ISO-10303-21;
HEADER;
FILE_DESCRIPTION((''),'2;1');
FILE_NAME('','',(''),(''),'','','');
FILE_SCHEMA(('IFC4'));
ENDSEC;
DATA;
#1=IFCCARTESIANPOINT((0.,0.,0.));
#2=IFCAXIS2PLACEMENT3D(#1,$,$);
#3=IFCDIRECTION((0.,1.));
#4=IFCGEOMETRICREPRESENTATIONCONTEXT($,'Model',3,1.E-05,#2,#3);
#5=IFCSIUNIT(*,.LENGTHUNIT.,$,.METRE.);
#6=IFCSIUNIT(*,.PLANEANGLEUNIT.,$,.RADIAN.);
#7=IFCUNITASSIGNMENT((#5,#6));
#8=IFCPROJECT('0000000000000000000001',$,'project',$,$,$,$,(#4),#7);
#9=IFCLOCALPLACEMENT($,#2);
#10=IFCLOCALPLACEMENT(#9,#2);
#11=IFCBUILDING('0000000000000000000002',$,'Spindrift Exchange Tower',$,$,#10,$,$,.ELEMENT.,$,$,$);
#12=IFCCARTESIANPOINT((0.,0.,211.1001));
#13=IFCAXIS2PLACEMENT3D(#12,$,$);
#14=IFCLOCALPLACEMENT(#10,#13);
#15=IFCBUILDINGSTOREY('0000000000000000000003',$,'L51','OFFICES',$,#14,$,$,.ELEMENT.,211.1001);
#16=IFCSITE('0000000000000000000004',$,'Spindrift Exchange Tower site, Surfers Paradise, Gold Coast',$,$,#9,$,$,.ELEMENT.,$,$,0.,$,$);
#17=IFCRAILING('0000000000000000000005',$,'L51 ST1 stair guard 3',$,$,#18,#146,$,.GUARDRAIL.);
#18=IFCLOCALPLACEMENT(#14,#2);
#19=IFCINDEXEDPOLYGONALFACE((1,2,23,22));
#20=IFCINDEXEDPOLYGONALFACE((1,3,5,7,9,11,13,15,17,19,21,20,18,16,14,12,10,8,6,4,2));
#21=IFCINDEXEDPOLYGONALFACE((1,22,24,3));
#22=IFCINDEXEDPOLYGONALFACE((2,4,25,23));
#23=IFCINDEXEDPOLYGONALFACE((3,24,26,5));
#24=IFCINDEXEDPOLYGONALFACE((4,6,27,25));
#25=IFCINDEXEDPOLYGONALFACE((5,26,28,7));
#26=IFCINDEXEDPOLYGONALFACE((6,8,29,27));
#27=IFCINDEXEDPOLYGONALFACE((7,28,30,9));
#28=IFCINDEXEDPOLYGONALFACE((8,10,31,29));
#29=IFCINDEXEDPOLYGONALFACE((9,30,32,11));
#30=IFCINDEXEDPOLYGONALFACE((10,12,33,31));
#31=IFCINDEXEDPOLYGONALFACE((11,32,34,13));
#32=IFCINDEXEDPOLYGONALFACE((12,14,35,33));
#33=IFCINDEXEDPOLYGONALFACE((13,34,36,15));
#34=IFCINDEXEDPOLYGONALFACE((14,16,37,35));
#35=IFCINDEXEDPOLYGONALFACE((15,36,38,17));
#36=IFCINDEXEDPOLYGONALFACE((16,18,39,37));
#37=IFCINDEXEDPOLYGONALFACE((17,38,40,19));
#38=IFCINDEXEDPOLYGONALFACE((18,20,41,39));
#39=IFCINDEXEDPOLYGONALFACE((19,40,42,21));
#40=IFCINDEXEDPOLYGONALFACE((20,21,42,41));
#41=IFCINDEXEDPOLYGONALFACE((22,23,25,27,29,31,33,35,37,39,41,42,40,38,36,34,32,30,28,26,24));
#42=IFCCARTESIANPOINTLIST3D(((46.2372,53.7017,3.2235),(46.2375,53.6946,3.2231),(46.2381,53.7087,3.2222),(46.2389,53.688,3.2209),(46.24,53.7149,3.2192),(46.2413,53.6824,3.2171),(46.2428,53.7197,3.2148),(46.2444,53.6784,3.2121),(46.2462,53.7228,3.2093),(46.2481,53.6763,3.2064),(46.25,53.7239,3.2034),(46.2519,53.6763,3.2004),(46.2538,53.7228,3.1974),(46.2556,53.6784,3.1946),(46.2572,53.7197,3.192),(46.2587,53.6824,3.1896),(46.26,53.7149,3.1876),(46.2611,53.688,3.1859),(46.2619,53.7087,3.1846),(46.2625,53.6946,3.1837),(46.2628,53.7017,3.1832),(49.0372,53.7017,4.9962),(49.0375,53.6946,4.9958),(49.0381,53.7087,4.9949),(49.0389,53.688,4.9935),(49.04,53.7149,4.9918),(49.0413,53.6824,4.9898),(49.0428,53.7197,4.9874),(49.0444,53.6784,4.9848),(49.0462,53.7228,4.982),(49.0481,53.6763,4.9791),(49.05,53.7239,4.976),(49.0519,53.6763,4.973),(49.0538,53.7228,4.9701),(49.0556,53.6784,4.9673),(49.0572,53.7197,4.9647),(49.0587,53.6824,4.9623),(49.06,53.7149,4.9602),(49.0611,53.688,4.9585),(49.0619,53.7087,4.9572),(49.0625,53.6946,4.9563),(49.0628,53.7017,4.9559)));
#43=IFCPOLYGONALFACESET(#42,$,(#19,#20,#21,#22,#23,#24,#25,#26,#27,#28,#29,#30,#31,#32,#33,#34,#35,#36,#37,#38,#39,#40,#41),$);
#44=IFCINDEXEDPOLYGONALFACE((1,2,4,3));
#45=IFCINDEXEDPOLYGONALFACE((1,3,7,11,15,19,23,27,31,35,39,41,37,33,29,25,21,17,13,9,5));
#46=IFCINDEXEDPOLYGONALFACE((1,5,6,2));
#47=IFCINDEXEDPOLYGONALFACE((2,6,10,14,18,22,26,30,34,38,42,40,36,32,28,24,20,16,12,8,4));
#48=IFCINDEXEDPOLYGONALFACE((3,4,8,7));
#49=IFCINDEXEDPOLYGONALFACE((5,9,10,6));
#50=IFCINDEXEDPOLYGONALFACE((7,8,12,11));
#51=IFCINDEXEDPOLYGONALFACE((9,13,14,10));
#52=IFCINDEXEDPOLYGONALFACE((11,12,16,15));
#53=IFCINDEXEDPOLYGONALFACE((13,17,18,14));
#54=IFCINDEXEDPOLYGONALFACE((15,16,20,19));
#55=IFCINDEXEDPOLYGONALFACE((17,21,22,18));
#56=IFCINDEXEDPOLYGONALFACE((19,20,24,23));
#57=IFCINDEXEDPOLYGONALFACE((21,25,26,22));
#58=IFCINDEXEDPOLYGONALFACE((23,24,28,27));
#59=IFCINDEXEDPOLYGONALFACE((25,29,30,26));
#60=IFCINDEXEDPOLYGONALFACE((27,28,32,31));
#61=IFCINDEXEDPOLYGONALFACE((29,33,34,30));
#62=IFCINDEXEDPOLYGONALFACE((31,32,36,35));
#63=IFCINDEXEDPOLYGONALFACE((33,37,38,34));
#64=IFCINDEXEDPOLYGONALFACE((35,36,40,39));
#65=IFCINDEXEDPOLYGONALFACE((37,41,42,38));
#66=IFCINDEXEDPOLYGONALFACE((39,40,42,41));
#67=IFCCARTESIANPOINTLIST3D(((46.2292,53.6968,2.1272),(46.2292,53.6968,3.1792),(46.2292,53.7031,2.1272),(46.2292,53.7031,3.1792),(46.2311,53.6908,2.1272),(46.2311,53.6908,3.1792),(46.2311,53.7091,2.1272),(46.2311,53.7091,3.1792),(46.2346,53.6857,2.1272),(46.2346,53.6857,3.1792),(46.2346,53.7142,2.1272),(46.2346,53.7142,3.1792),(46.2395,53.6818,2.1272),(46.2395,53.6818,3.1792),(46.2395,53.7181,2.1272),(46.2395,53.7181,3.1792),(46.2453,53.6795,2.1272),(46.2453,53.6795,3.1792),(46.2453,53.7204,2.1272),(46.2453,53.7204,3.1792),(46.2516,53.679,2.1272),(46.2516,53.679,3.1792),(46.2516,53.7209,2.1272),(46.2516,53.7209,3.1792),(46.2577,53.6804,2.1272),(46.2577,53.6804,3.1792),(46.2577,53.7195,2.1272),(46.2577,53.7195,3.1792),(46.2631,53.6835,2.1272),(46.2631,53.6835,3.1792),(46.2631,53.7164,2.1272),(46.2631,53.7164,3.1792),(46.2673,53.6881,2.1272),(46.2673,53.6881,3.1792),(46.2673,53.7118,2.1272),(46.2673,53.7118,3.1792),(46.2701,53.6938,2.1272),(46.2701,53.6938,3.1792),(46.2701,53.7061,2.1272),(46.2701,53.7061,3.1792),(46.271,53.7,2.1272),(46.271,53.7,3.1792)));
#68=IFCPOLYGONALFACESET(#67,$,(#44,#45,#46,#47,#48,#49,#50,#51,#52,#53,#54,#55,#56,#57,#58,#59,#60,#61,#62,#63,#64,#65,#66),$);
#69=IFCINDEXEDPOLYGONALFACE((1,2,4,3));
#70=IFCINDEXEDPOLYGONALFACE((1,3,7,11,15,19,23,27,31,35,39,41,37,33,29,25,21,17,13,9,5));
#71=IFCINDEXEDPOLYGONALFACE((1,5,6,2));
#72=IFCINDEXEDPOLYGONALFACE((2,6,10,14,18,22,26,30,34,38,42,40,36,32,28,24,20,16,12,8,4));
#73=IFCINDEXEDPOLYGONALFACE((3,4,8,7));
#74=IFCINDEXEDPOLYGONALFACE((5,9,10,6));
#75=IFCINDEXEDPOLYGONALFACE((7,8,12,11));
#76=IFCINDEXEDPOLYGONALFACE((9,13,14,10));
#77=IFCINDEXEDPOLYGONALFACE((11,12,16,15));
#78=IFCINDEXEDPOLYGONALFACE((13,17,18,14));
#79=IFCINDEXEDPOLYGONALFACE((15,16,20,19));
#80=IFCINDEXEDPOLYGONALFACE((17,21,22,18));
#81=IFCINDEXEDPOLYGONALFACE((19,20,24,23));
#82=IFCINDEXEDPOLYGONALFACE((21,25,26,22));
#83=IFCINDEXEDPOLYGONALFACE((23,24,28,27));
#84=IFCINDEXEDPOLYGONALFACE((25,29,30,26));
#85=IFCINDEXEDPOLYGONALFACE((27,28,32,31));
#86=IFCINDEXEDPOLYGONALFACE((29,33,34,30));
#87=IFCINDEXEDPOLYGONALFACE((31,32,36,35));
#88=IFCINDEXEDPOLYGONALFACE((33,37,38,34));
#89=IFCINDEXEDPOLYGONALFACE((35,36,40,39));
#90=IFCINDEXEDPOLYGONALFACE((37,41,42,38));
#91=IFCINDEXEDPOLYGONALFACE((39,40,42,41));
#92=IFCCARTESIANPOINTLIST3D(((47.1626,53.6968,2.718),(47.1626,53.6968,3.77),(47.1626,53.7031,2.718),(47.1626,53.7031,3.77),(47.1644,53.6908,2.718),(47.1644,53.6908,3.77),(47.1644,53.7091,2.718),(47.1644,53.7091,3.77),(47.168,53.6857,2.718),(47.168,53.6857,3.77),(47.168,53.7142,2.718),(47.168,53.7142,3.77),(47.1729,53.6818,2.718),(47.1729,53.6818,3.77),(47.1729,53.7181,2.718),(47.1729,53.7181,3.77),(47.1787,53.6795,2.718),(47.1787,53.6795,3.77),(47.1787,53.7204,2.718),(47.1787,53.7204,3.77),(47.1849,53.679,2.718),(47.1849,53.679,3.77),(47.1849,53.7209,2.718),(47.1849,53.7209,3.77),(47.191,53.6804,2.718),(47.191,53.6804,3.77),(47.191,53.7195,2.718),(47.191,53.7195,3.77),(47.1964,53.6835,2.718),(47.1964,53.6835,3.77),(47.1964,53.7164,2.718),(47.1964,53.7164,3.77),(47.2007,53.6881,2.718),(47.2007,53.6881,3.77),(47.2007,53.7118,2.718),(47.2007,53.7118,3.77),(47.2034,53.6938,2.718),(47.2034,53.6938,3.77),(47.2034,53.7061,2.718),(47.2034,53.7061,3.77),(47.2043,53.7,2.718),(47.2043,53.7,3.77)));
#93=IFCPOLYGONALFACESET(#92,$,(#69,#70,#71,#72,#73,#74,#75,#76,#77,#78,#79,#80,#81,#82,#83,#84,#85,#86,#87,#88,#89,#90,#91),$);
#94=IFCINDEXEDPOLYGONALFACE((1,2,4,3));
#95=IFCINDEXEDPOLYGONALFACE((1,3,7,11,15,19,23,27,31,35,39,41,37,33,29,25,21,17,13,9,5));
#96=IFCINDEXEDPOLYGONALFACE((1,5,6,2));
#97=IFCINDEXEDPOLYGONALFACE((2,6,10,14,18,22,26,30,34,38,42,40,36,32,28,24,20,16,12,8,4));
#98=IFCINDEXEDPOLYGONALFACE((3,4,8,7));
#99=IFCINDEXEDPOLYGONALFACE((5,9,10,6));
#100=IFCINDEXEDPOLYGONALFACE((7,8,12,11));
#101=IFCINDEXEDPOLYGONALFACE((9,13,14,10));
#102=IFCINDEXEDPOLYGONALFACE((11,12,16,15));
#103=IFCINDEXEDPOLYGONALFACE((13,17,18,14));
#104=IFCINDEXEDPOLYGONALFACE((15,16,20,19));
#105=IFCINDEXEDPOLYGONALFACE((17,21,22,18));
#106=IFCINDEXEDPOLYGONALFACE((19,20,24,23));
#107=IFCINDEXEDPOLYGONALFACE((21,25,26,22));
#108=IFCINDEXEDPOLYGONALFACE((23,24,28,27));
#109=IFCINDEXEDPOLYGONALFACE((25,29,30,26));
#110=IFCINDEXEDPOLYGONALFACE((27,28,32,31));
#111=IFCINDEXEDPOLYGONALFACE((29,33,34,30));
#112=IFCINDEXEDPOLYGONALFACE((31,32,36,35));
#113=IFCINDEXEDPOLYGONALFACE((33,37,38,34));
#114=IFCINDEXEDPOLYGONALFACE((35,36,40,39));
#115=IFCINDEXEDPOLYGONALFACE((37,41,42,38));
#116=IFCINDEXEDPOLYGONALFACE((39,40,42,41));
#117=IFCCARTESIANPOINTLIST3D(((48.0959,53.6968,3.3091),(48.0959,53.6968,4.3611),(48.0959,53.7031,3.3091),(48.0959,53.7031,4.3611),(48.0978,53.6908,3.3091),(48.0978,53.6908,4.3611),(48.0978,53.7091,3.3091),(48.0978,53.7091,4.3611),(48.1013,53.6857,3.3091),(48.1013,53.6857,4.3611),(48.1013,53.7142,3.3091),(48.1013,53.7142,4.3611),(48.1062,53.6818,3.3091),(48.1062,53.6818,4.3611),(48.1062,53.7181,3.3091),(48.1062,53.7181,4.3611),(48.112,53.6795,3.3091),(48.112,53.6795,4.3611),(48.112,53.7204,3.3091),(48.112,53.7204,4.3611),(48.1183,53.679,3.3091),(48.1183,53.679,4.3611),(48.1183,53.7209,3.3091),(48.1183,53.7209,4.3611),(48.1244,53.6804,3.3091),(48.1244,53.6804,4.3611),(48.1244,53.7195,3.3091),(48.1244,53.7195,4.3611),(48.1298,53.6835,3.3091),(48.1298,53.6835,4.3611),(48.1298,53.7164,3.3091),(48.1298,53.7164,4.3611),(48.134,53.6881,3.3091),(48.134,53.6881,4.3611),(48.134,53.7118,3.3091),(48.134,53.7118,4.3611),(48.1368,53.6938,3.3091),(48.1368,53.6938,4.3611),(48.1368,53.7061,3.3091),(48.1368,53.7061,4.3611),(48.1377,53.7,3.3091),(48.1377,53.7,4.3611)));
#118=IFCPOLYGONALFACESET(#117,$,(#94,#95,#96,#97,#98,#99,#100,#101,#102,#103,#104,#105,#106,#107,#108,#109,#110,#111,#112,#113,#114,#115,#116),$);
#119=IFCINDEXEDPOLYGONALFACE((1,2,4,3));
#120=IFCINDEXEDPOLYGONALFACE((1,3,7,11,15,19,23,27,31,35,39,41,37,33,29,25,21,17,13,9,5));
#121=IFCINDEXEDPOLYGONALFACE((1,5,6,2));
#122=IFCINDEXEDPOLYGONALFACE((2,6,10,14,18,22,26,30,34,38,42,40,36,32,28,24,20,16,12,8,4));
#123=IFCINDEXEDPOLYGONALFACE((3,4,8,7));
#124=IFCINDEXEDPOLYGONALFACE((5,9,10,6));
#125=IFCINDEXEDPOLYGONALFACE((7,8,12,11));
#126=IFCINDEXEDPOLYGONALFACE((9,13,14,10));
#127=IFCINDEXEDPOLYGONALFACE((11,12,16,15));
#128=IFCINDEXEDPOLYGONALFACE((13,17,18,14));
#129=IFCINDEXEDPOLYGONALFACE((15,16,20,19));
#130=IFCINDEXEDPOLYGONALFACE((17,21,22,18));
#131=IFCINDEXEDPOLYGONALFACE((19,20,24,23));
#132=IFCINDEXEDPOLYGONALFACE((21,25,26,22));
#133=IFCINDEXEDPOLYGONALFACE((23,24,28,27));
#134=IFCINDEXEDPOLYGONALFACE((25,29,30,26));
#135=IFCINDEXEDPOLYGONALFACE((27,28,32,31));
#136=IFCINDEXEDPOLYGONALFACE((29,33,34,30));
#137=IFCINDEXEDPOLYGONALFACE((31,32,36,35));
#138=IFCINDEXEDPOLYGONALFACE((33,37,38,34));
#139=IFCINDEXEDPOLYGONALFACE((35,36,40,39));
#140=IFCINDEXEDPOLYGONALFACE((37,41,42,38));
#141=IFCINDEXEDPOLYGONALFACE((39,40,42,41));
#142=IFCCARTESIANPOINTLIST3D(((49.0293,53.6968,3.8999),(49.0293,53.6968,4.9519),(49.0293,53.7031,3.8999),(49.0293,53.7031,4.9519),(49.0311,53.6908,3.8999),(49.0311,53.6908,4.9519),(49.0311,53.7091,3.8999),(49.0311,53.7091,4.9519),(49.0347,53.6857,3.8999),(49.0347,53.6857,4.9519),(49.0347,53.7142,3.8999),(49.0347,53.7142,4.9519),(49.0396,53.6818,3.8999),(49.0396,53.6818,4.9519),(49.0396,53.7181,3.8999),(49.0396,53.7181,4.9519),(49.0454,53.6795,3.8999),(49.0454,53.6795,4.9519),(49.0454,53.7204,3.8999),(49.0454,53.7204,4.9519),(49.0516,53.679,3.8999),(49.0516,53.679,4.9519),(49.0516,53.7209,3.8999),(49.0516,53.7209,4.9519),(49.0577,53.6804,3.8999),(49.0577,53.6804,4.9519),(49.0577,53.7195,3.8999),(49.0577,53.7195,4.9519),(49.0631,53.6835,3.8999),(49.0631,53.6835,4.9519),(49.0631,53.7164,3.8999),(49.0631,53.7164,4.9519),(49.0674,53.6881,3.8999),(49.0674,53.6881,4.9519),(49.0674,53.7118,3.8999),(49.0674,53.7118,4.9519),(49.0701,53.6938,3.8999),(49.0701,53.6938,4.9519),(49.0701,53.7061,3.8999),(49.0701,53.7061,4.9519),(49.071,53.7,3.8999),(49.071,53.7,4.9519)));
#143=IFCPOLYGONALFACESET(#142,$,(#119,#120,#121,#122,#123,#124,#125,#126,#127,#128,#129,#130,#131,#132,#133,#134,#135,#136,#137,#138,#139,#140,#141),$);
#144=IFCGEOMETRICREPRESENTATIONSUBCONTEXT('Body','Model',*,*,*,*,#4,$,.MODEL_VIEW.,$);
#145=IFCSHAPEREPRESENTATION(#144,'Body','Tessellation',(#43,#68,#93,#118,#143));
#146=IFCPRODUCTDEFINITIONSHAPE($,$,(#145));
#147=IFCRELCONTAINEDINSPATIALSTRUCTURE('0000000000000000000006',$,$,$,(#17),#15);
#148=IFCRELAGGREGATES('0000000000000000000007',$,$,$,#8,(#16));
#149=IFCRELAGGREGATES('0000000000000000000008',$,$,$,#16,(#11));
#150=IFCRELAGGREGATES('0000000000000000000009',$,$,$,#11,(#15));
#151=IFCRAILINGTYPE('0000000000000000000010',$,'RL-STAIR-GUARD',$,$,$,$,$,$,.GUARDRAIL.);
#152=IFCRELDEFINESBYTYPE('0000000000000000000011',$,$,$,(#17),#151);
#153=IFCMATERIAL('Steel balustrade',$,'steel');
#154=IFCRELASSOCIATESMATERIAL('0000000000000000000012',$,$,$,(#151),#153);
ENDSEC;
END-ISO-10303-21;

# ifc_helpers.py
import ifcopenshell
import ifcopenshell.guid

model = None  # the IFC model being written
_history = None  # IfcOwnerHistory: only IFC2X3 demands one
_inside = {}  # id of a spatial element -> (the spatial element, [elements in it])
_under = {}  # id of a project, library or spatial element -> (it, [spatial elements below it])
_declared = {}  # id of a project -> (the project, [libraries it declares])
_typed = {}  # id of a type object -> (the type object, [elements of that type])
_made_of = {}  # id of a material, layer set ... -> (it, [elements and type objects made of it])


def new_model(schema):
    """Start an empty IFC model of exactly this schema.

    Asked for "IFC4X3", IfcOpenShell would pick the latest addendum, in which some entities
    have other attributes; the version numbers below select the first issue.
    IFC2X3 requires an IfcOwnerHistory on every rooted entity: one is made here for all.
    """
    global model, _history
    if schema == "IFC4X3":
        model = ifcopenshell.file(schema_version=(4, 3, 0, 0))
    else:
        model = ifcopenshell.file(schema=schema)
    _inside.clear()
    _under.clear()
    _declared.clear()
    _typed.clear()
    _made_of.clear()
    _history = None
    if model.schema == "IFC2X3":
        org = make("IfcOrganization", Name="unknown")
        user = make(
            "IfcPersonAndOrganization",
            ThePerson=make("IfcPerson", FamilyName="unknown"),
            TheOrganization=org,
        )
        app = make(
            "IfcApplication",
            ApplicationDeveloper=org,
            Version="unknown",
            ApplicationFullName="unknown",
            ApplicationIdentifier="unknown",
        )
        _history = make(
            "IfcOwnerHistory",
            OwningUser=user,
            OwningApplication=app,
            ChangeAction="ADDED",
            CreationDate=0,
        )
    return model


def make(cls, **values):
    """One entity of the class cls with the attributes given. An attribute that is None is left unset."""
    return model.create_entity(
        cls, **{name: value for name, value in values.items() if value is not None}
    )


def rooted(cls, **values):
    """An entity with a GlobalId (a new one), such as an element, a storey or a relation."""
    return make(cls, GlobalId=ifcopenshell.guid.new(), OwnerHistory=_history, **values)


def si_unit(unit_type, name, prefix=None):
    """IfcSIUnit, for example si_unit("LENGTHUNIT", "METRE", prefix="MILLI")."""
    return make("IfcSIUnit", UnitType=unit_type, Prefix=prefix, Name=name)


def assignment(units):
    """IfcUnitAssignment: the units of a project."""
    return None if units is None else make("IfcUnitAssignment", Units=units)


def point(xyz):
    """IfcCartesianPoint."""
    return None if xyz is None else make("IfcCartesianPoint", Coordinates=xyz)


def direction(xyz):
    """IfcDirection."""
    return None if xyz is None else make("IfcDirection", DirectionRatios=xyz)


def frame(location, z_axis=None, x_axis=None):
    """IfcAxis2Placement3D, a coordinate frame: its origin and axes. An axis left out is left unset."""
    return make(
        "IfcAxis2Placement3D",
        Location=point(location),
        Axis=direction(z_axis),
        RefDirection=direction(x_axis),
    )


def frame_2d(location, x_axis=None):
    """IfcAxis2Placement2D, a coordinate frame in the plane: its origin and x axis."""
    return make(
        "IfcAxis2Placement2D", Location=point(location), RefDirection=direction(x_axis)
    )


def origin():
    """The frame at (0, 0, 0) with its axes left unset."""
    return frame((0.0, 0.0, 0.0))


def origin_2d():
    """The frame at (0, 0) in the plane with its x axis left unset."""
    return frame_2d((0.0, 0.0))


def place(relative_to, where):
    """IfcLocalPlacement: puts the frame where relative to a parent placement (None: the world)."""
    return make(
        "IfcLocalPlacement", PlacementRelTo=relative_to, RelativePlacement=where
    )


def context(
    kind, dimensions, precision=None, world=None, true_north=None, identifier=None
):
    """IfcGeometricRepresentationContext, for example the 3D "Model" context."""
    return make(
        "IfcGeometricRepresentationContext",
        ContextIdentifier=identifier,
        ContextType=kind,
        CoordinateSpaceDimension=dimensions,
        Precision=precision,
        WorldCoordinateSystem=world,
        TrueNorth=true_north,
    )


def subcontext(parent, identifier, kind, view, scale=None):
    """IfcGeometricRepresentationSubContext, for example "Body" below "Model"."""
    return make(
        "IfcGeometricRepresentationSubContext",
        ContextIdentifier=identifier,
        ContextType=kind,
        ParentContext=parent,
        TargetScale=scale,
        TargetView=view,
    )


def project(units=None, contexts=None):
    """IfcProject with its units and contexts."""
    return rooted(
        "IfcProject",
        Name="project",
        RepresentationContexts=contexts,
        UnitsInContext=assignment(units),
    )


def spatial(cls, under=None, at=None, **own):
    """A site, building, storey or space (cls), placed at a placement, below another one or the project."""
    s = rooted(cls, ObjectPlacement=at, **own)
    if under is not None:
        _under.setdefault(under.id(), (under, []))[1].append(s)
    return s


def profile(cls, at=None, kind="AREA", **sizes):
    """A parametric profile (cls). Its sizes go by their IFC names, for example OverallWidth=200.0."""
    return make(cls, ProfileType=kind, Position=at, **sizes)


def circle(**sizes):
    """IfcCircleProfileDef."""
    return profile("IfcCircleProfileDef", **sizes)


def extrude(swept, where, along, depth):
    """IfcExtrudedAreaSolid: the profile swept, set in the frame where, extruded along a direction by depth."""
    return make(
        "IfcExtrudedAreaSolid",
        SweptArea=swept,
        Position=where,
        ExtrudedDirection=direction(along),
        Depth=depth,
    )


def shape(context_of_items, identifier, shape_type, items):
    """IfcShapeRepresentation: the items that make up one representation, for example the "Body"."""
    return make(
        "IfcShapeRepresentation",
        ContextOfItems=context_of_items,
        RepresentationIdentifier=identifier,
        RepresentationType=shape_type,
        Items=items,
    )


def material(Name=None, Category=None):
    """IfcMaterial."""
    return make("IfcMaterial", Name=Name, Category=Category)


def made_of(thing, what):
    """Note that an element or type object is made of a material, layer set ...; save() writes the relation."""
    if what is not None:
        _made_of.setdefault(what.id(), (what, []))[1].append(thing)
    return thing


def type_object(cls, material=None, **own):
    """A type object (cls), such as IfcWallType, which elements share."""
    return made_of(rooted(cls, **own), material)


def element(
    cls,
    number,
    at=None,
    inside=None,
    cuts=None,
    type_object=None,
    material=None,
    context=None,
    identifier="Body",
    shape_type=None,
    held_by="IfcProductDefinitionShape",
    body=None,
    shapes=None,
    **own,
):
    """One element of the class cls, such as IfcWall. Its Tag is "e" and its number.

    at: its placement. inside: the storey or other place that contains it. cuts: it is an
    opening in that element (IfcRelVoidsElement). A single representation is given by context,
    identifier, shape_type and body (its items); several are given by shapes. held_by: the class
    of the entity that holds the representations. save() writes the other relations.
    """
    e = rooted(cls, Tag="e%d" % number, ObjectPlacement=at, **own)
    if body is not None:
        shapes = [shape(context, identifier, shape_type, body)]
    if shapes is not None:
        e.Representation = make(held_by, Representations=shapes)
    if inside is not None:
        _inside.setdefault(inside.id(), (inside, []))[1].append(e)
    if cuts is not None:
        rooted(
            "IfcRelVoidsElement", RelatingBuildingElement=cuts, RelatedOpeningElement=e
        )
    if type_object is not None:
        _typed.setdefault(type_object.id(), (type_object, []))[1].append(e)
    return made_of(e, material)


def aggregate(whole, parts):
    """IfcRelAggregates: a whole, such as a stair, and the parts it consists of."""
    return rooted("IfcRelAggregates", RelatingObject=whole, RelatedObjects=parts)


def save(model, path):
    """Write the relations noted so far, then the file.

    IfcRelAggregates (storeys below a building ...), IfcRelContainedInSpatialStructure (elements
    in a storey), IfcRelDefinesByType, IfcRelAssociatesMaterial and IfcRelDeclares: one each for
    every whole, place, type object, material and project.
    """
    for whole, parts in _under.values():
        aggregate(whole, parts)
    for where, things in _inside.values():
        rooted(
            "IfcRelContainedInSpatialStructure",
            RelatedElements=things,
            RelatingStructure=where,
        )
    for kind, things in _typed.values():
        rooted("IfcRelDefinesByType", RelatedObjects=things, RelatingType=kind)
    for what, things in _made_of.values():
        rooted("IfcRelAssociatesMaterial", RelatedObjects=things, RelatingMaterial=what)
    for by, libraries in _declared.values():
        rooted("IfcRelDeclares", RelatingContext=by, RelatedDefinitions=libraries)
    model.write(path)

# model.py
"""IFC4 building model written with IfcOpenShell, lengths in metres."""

from ifc_helpers import new_model, si_unit, direction, frame, origin, origin_2d, place, context, subcontext, project, spatial, circle, extrude, material, type_object, element, save


model = new_model("IFC4")

# Units and contexts
model_context = context("Model", 3, precision=1e-05, world=origin(), true_north=direction((0.0, 1.0)))
body_context = subcontext(model_context, "Body", "Model", "MODEL_VIEW")
ifc_project = project(units=[si_unit("LENGTHUNIT", "METRE"), si_unit("PLANEANGLEUNIT", "RADIAN")], contexts=[model_context])

# Site, building, storey
site_placement = place(None, origin())
site = spatial("IfcSite", under=ifc_project, at=site_placement, Name="Spindrift Exchange Tower site, Surfers Paradise, Gold Coast", CompositionType="ELEMENT", RefElevation=0.0)
building_placement = place(site_placement, origin())
building = spatial("IfcBuilding", under=site, at=building_placement, Name="Spindrift Exchange Tower", CompositionType="ELEMENT")
storey_placement = place(building_placement, frame((0.0, 0.0, 211.1001)))
storey = spatial("IfcBuildingStorey", under=building, at=storey_placement, Name="L51", Description="OFFICES", CompositionType="ELEMENT", Elevation=211.1001)

# Railing
ifc_material_1 = material(Name="Steel balustrade", Category="steel")
railing_type_1 = type_object("IfcRailingType", Name="RL-STAIR-GUARD", PredefinedType="GUARDRAIL", material=ifc_material_1)
railing_1_placement = place(storey_placement, frame((46.25, 53.7, 2.1272)))
element("IfcRailing", 1, at=railing_1_placement, inside=storey, type_object=railing_type_1, Name="L51 ST1 stair guard 3", PredefinedType="GUARDRAIL", context=body_context, shape_type="SweptSolid", body=[
    extrude(circle(Radius=0.0239, at=origin_2d()), frame((0.0, 0.0, 1.0762), z_axis=(0.844909, 0.0, 0.53491), x_axis=(0.0, 1.0, 0.0)), (0.0, 0.0, 1.0), 3.314),
    extrude(circle(Radius=0.021, at=origin_2d()), origin(), (0.0, 0.0, 1.0), 1.052),
    extrude(circle(Radius=0.021, at=origin_2d()), frame((0.9333, 0.0, 0.5908)), (0.0, 0.0, 1.0), 1.052),
    extrude(circle(Radius=0.021, at=origin_2d()), frame((1.8667, 0.0, 1.1819)), (0.0, 0.0, 1.0), 1.052),
    extrude(circle(Radius=0.021, at=origin_2d()), frame((2.8, 0.0, 1.7727)), (0.0, 0.0, 1.0), 1.052),
])

save(model, "model.ifc")
